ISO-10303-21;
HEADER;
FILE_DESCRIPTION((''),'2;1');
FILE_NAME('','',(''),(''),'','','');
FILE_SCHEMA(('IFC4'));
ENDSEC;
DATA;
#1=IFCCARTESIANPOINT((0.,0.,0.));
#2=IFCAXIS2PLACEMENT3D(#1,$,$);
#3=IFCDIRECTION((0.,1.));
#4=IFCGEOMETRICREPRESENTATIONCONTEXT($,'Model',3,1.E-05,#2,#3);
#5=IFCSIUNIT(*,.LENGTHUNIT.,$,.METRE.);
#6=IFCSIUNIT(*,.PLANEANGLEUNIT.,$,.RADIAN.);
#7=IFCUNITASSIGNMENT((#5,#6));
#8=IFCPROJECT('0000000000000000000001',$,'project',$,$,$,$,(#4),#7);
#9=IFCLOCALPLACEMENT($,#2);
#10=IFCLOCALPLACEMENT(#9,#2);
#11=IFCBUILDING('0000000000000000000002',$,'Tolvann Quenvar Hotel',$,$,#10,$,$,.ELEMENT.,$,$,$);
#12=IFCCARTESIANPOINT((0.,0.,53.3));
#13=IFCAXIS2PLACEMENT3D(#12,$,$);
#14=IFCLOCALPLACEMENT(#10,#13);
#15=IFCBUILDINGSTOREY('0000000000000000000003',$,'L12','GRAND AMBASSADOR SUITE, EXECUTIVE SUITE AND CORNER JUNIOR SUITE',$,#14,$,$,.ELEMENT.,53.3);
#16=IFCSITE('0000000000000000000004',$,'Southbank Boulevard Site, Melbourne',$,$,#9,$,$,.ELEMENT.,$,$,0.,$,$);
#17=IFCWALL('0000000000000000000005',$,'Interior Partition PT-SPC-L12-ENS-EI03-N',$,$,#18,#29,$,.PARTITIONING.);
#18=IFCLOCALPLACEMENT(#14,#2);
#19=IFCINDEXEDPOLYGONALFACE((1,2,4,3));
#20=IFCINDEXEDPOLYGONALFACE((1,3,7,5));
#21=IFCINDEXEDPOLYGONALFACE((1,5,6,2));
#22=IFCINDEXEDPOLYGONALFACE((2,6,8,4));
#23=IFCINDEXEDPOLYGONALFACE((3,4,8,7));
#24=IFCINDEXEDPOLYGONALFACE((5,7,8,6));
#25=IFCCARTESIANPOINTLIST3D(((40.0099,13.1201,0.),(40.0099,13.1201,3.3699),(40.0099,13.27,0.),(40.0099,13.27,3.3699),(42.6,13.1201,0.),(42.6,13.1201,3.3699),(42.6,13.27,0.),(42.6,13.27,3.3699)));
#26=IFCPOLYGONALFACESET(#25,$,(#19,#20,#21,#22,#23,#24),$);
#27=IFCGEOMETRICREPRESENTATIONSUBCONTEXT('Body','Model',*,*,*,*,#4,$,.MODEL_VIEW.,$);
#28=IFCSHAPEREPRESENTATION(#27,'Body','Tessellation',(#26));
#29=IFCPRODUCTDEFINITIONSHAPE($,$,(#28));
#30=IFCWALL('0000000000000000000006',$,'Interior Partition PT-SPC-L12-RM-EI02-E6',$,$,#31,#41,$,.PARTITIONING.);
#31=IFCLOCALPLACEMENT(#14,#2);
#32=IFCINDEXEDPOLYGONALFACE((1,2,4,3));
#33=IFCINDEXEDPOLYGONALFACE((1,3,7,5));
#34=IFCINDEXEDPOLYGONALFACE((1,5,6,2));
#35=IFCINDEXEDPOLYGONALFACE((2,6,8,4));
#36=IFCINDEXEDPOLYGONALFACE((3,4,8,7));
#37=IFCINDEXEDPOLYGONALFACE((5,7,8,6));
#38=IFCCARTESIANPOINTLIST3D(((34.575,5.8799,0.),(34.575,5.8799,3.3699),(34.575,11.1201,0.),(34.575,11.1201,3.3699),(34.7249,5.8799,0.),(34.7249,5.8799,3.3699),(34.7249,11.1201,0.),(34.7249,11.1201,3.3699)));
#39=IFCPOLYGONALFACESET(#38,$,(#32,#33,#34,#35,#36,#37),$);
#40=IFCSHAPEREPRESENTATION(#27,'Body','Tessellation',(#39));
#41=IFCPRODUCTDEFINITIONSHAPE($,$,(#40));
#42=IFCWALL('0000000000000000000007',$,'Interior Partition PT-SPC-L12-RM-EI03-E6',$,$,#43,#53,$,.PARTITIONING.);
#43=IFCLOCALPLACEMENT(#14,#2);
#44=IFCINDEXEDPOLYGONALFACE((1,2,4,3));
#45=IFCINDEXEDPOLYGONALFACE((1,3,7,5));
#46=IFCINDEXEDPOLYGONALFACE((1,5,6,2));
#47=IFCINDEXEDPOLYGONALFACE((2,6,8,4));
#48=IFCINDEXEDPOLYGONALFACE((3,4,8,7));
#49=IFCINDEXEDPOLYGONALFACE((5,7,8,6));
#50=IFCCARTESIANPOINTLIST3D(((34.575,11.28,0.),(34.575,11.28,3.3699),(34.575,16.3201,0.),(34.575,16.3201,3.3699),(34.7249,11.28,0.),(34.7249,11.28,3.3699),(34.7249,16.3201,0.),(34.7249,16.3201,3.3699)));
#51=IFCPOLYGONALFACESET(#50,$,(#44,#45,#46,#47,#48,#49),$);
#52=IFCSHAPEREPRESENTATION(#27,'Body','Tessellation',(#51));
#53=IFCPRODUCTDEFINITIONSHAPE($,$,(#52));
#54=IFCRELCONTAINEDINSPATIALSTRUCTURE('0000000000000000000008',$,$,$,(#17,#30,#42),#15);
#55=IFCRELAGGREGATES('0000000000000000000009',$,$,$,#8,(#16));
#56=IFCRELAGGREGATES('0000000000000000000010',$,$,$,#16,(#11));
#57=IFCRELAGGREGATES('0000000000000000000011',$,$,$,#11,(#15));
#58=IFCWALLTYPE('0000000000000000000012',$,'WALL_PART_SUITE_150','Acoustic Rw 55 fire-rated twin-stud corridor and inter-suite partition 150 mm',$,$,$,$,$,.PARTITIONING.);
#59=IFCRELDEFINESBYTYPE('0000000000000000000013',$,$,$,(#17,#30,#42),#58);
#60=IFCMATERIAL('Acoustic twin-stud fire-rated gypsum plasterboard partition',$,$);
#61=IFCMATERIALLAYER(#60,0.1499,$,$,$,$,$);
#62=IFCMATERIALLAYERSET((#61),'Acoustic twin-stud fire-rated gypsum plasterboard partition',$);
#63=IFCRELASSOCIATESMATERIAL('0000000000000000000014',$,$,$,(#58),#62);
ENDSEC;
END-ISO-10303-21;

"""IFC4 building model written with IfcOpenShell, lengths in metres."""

from ifc_helpers import new_model, si_unit, direction, frame, frame_2d, origin, place, context, subcontext, project, spatial, rectangle, extrude, material, layer, layer_set, type_object, element, save


model = new_model("IFC4")

# Units and contexts
model_context = context("Model", 3, precision=1e-05, world=origin(), true_north=direction((0.0, 1.0)))
body_context = subcontext(model_context, "Body", "Model", "MODEL_VIEW")
ifc_project = project(units=[si_unit("LENGTHUNIT", "METRE"), si_unit("PLANEANGLEUNIT", "RADIAN")], contexts=[model_context])

# Site, building, storey
site_placement = place(None, origin())
site = spatial("IfcSite", under=ifc_project, at=site_placement, Name="Southbank Boulevard Site, Melbourne", CompositionType="ELEMENT", RefElevation=0.0)
building_placement = place(site_placement, origin())
building = spatial("IfcBuilding", under=site, at=building_placement, Name="Tolvann Quenvar Hotel", CompositionType="ELEMENT")
storey_placement = place(building_placement, frame((0.0, 0.0, 53.3)))
storey = spatial("IfcBuildingStorey", under=building, at=storey_placement, Name="L12", Description="GRAND AMBASSADOR SUITE, EXECUTIVE SUITE AND CORNER JUNIOR SUITE", CompositionType="ELEMENT", Elevation=53.3)

# Shared definitions
ifc_material_1 = material(Name="Acoustic twin-stud fire-rated gypsum plasterboard partition")
ifc_layer_1 = layer(ifc_material_1, 0.1499)
ifc_layer_set_1 = layer_set([ifc_layer_1], Name="Acoustic twin-stud fire-rated gypsum plasterboard partition")
wall_type_1 = type_object("IfcWallType", Name="WALL_PART_SUITE_150", Description="Acoustic Rw 55 fire-rated twin-stud corridor and inter-suite partition 150 mm", PredefinedType="PARTITIONING", material=ifc_layer_set_1)

# Wall
wall_1_placement = place(storey_placement, frame((40.01, 13.1951, 0.0), z_axis=(0.0, 0.0, 1.0), x_axis=(1.0, 0.0, 0.0)))
element("IfcWall", 1, at=wall_1_placement, inside=storey, type_object=wall_type_1, Name="Interior Partition PT-SPC-L12-ENS-EI03-N", PredefinedType="PARTITIONING", context=body_context, shape_type="SweptSolid", body=[
    extrude(rectangle(XDim=2.5901, YDim=0.1499, at=frame_2d((1.2949, 0.0))), origin(), (0.0, 0.0, 1.0), 3.3699),
])

# Wall
wall_2_placement = place(storey_placement, frame((34.6499, 5.8799, 0.0), z_axis=(0.0, 0.0, 1.0), x_axis=(0.0, 1.0, 0.0)))
element("IfcWall", 2, at=wall_2_placement, inside=storey, type_object=wall_type_1, Name="Interior Partition PT-SPC-L12-RM-EI02-E6", PredefinedType="PARTITIONING", context=body_context, shape_type="SweptSolid", body=[
    extrude(rectangle(XDim=5.2402, YDim=0.1499, at=frame_2d((2.6201, 0.0))), origin(), (0.0, 0.0, 1.0), 3.3699),
])

# Wall
wall_3_placement = place(storey_placement, frame((34.6499, 11.28, 0.0), z_axis=(0.0, 0.0, 1.0), x_axis=(0.0, 1.0, 0.0)))
element("IfcWall", 3, at=wall_3_placement, inside=storey, type_object=wall_type_1, Name="Interior Partition PT-SPC-L12-RM-EI03-E6", PredefinedType="PARTITIONING", context=body_context, shape_type="SweptSolid", body=[
    extrude(rectangle(XDim=5.04, YDim=0.1499, at=frame_2d((2.52, 0.0))), origin(), (0.0, 0.0, 1.0), 3.3699),
])

save(model, "model.ifc")
